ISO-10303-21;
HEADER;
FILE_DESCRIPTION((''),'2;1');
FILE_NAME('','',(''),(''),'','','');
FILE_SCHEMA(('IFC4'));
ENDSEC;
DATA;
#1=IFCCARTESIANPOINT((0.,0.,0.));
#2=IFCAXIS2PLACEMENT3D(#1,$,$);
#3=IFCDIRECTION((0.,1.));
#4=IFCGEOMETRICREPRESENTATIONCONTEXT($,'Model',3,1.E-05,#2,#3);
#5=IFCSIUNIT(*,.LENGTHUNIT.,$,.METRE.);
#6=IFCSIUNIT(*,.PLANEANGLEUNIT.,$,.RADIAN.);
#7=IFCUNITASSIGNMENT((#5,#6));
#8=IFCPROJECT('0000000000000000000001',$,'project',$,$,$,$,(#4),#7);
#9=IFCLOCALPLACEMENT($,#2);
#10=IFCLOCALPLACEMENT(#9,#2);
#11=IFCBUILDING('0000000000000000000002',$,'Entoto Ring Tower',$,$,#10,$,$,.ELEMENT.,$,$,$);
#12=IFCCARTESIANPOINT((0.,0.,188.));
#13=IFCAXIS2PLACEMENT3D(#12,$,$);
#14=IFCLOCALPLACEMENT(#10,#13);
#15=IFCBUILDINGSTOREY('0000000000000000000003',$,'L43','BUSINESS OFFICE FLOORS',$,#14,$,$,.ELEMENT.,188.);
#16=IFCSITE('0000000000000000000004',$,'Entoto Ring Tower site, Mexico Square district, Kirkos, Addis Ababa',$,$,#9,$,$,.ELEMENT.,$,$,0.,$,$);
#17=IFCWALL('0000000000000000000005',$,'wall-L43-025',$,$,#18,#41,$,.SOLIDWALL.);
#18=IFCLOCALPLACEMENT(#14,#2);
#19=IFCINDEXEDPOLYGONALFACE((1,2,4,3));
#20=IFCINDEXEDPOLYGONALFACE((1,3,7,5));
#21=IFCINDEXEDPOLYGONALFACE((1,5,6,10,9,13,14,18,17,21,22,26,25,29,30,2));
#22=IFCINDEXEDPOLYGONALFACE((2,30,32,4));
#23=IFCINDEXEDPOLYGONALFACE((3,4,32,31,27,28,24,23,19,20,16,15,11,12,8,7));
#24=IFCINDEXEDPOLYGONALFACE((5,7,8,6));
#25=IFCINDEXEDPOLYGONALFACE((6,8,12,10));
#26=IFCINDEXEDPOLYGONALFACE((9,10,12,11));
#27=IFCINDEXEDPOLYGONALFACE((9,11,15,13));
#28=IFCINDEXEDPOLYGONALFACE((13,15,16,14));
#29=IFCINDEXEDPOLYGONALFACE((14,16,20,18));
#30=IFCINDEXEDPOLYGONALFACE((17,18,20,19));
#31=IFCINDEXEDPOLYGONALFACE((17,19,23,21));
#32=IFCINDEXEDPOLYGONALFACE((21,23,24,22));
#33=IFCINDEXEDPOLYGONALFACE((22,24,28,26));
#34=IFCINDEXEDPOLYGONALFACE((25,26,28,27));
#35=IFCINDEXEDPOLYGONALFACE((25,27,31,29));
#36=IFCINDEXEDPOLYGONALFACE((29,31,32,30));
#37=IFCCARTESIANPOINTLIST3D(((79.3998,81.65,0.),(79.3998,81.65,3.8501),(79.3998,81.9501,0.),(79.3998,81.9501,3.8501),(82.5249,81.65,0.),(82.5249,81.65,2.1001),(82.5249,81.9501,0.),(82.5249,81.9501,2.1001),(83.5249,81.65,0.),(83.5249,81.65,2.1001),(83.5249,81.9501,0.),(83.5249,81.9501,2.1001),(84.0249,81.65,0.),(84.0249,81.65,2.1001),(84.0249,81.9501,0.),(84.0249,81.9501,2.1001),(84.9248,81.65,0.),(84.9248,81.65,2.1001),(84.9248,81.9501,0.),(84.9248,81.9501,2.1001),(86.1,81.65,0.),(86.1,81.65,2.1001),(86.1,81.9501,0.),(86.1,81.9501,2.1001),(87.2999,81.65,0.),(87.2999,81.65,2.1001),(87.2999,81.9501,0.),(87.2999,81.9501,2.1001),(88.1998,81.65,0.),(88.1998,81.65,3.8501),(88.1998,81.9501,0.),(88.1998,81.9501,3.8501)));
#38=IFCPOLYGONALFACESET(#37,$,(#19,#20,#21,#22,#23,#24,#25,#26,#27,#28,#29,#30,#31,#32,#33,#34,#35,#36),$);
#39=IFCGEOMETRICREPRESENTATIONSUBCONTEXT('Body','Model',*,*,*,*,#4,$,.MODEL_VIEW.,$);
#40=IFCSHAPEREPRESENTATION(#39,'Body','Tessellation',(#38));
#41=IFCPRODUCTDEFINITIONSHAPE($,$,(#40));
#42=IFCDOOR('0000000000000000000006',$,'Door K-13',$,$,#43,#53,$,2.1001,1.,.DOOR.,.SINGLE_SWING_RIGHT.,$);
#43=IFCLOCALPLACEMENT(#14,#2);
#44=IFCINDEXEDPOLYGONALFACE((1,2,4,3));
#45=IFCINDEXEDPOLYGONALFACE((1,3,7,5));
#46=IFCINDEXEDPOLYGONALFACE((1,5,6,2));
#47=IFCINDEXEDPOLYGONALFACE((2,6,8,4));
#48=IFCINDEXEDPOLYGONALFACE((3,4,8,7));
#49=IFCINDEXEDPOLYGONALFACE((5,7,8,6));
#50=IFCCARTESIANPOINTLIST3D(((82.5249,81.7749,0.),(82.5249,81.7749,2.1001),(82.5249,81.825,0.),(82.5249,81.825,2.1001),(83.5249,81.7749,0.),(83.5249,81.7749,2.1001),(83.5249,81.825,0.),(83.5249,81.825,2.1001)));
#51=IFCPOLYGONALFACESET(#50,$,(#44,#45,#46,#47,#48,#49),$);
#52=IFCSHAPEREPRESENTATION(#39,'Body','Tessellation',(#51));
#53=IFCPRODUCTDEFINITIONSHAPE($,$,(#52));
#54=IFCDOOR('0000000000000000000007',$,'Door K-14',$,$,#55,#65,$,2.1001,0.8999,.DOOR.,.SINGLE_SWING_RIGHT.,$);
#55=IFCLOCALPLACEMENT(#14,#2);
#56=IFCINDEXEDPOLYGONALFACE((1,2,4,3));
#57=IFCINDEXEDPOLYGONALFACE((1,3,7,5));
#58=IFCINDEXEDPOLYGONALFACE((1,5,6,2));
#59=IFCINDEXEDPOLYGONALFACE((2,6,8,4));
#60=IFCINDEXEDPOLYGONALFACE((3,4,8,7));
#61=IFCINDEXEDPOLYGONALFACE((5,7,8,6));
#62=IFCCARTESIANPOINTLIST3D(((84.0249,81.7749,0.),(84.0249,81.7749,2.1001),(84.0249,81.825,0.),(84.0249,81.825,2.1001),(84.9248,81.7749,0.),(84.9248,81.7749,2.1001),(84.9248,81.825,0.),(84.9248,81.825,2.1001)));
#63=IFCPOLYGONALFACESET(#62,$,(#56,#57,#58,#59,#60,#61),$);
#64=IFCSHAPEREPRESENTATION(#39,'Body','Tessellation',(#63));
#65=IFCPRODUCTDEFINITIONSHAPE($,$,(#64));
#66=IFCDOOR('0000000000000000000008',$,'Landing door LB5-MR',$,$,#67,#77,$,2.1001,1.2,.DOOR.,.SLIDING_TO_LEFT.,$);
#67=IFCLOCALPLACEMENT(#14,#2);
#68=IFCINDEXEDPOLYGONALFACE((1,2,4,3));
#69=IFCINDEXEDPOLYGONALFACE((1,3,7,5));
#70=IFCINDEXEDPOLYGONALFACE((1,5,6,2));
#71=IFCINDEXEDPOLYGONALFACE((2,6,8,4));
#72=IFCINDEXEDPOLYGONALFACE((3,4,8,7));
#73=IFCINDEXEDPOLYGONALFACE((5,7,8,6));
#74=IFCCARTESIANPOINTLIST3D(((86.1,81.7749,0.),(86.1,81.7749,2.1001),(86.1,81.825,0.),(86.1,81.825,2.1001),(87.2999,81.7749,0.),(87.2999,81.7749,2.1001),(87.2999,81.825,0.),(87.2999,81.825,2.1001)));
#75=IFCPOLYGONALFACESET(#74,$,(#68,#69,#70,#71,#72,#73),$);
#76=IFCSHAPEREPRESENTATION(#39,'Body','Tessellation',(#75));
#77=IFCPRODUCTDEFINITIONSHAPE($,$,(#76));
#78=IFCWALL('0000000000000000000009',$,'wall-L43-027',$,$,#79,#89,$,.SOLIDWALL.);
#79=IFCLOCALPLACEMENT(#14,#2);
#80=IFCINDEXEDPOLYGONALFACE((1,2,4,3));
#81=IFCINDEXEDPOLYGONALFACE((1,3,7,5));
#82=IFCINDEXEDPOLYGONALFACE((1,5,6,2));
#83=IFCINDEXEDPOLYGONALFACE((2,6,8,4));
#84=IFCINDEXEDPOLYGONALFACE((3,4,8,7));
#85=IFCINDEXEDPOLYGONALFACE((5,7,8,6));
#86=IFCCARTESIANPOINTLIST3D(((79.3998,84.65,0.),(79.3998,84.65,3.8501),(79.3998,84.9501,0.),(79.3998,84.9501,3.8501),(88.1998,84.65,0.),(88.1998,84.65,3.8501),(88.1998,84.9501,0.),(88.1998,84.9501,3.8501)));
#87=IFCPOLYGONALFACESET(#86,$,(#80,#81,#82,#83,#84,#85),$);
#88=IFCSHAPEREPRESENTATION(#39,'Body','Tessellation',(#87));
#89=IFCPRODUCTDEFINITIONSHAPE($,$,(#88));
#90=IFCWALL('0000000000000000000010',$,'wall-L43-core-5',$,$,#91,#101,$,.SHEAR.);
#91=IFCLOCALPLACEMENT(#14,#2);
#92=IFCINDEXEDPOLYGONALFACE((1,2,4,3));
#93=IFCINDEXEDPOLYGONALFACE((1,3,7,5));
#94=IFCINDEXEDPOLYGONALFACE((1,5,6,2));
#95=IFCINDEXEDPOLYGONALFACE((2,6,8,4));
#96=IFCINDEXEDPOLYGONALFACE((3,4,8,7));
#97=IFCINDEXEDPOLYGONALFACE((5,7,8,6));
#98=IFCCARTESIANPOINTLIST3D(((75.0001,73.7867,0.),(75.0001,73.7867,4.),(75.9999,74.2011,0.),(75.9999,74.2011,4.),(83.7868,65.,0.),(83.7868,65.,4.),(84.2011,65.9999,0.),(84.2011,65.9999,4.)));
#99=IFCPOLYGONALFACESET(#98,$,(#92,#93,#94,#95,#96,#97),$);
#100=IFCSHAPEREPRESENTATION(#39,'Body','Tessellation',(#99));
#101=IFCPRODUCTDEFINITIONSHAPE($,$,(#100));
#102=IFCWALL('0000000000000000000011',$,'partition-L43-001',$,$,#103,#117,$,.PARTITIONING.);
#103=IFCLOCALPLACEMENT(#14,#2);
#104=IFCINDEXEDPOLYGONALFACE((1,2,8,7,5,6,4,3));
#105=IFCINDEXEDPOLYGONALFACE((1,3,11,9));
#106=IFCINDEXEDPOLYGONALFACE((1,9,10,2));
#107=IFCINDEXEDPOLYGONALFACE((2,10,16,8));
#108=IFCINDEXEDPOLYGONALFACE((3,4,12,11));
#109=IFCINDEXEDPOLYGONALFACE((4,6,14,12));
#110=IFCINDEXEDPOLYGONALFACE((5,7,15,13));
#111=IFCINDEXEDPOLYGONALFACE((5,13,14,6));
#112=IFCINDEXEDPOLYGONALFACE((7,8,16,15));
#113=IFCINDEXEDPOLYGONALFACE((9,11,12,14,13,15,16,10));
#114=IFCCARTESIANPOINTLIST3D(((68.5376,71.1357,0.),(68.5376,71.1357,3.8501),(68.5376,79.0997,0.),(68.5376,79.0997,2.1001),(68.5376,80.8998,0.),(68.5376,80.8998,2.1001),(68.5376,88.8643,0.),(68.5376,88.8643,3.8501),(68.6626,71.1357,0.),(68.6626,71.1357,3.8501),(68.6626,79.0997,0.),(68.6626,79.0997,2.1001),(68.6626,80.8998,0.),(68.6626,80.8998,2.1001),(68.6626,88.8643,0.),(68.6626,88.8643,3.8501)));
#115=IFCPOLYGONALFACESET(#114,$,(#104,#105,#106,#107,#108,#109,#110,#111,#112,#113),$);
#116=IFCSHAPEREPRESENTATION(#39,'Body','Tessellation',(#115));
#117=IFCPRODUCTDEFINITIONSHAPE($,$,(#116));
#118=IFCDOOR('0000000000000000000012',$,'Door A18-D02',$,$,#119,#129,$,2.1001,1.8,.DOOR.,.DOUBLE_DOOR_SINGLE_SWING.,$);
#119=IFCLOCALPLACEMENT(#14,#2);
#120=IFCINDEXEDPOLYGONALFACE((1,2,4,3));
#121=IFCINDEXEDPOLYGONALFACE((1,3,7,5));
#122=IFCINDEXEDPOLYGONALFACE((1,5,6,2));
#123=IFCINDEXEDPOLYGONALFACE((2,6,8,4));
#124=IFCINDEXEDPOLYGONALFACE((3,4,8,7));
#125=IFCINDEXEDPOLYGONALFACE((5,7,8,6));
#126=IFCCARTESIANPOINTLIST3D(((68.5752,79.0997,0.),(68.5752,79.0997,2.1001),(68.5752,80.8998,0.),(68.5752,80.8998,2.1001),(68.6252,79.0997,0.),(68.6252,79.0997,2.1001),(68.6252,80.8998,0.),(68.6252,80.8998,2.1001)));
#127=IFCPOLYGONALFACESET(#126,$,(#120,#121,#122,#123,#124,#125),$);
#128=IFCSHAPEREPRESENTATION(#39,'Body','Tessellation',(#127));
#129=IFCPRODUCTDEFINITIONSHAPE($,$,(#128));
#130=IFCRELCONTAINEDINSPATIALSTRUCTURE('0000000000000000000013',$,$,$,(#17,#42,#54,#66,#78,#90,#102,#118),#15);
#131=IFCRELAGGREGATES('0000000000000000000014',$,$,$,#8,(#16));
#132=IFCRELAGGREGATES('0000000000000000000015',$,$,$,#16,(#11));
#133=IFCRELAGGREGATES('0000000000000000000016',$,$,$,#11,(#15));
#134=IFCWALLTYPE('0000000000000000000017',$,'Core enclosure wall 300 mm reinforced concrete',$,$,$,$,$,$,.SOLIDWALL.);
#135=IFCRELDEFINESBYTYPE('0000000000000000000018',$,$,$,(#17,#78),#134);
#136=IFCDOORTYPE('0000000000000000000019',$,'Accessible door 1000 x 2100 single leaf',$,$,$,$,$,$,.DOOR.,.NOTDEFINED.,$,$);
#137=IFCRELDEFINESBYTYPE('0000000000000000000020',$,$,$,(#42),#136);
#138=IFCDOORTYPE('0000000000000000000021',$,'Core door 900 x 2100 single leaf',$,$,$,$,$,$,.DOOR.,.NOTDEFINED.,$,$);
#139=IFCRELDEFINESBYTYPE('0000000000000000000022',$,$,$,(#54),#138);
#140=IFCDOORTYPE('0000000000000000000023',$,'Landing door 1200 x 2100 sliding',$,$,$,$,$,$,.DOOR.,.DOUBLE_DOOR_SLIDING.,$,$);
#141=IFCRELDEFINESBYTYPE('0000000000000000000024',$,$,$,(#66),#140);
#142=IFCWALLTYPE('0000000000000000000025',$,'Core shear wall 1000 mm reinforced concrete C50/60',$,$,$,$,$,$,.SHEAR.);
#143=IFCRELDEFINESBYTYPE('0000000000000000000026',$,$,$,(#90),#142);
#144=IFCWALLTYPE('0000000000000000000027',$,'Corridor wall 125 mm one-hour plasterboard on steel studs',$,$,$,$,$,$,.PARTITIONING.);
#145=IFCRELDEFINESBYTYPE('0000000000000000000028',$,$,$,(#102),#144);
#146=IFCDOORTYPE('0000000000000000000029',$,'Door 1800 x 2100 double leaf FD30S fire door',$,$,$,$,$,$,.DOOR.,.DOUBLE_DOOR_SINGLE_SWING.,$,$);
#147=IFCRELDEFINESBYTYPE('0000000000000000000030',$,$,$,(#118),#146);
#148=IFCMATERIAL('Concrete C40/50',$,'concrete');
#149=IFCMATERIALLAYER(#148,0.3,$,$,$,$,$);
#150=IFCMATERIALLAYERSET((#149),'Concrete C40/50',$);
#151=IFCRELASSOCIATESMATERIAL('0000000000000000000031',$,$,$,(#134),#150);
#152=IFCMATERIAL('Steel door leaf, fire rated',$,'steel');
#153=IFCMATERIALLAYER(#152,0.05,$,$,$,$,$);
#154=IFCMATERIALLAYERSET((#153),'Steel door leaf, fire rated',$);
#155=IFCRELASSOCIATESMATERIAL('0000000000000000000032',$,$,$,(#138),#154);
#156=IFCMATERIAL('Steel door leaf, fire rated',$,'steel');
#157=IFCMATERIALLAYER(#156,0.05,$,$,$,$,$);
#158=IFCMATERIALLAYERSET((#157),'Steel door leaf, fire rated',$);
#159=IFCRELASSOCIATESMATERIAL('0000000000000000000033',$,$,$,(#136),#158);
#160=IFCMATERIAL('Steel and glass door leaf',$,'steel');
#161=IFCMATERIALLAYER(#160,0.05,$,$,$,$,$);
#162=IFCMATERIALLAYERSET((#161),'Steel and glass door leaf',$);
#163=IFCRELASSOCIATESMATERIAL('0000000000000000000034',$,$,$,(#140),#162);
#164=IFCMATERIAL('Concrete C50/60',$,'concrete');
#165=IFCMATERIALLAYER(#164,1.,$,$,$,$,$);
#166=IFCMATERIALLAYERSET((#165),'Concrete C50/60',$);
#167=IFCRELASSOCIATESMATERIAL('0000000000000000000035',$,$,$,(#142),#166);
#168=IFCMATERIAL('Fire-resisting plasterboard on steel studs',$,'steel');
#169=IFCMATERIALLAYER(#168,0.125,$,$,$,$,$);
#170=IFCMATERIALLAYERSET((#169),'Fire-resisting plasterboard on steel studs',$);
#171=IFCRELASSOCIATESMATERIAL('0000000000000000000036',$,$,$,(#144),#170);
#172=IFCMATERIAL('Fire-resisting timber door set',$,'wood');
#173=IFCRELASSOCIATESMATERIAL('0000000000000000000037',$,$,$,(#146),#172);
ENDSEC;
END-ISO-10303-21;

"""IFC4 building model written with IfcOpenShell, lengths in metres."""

from ifc_helpers import new_model, si_unit, direction, frame, frame_2d, origin, place, context, subcontext, project, spatial, polyline, rectangle, outline, extrude, material, layer, layer_set, type_object, element, fill, save


model = new_model("IFC4")

# Units and contexts
model_context = context("Model", 3, precision=1e-05, world=origin(), true_north=direction((0.0, 1.0)))
body_context = subcontext(model_context, "Body", "Model", "MODEL_VIEW")
ifc_project = project(units=[si_unit("LENGTHUNIT", "METRE"), si_unit("PLANEANGLEUNIT", "RADIAN")], contexts=[model_context])

# Site, building, storey
site_placement = place(None, origin())
site = spatial("IfcSite", under=ifc_project, at=site_placement, Name="Entoto Ring Tower site, Mexico Square district, Kirkos, Addis Ababa", CompositionType="ELEMENT", RefElevation=0.0)
building_placement = place(site_placement, origin())
building = spatial("IfcBuilding", under=site, at=building_placement, Name="Entoto Ring Tower", CompositionType="ELEMENT")
storey_placement = place(building_placement, frame((0.0, 0.0, 188.0)))
storey = spatial("IfcBuildingStorey", under=building, at=storey_placement, Name="L43", Description="BUSINESS OFFICE FLOORS", CompositionType="ELEMENT", Elevation=188.0)

# Shared definitions
ifc_material_1 = material(Name="Concrete C40/50", Category="concrete")
ifc_layer_1 = layer(ifc_material_1, 0.3)
ifc_layer_set_1 = layer_set([ifc_layer_1], Name="Concrete C40/50")
wall_type_1 = type_object("IfcWallType", Name="Core enclosure wall 300 mm reinforced concrete", PredefinedType="SOLIDWALL", material=ifc_layer_set_1)

# Wall, openings, doors
ifc_material_2 = material(Name="Steel door leaf, fire rated", Category="steel")
ifc_layer_2 = layer(ifc_material_2, 0.05)
ifc_layer_set_2 = layer_set([ifc_layer_2], Name="Steel door leaf, fire rated")
door_type_1 = type_object("IfcDoorType", Name="Core door 900 x 2100 single leaf", OperationType="NOTDEFINED", PredefinedType="DOOR", material=ifc_layer_set_2)
wall_1_placement = place(storey_placement, frame((79.3999, 81.8, 0.0), z_axis=(0.0, 0.0, 1.0), x_axis=(1.0, 0.0, 0.0)))
wall_1 = element("IfcWall", 1, at=wall_1_placement, inside=storey, type_object=wall_type_1, Name="wall-L43-025", PredefinedType="SOLIDWALL", context=body_context, shape_type="SweptSolid", body=[
    extrude(rectangle(XDim=8.8, YDim=0.3, at=frame_2d((4.3999, 0.0))), origin(), (0.0, 0.0, 1.0), 3.8501),
])
opening_1_placement = place(wall_1_placement, frame((6.7, 0.0, 0.0)))
opening_1 = element("IfcOpeningElement", 2, at=opening_1_placement, cuts=wall_1, PredefinedType="OPENING", context=body_context, shape_type="SweptSolid", body=[
    extrude(rectangle(XDim=1.2, YDim=2.1001, at=frame_2d((0.6001, 1.05))), frame((0.0, 0.1602, 0.0), z_axis=(0.0, -1.0, 0.0), x_axis=(1.0, 0.0, 0.0)), (0.0, 0.0, 1.0), 0.3201),
])
opening_2_placement = place(wall_1_placement, frame((3.125, 0.0, 0.0)))
opening_2 = element("IfcOpeningElement", 3, at=opening_2_placement, cuts=wall_1, PredefinedType="OPENING", context=body_context, shape_type="SweptSolid", body=[
    extrude(rectangle(XDim=1.0, YDim=2.1001, at=frame_2d((0.5, 1.05))), frame((0.0, 0.1602, 0.0), z_axis=(0.0, -1.0, 0.0), x_axis=(1.0, 0.0, 0.0)), (0.0, 0.0, 1.0), 0.3201),
])
opening_3_placement = place(wall_1_placement, frame((4.625, 0.0, 0.0)))
opening_3 = element("IfcOpeningElement", 4, at=opening_3_placement, cuts=wall_1, PredefinedType="OPENING", context=body_context, shape_type="SweptSolid", body=[
    extrude(rectangle(XDim=0.8999, YDim=2.1001, at=frame_2d((0.45, 1.05))), frame((0.0, 0.1602, 0.0), z_axis=(0.0, -1.0, 0.0), x_axis=(1.0, 0.0, 0.0)), (0.0, 0.0, 1.0), 0.3201),
])
ifc_material_3 = material(Name="Steel door leaf, fire rated", Category="steel")
ifc_layer_3 = layer(ifc_material_3, 0.05)
ifc_layer_set_3 = layer_set([ifc_layer_3], Name="Steel door leaf, fire rated")
door_type_2 = type_object("IfcDoorType", Name="Accessible door 1000 x 2100 single leaf", OperationType="NOTDEFINED", PredefinedType="DOOR", material=ifc_layer_set_3)
door_1_placement = place(opening_2_placement, origin())
door_1 = element("IfcDoor", 5, at=door_1_placement, inside=storey, type_object=door_type_2, Name="Door K-13", OperationType="SINGLE_SWING_RIGHT", OverallHeight=2.1001, OverallWidth=1.0, PredefinedType="DOOR", context=body_context, shape_type="SweptSolid", body=[
    extrude(rectangle(XDim=1.0, YDim=2.1001, at=frame_2d((0.5, 1.05))), frame((0.0, 0.0249, 0.0), z_axis=(0.0, -1.0, 0.0), x_axis=(1.0, 0.0, 0.0)), (0.0, 0.0, 1.0), 0.05),
])
fill(opening_2, door_1)
door_2_placement = place(opening_3_placement, origin())
door_2 = element("IfcDoor", 6, at=door_2_placement, inside=storey, type_object=door_type_1, Name="Door K-14", OperationType="SINGLE_SWING_RIGHT", OverallHeight=2.1001, OverallWidth=0.8999, PredefinedType="DOOR", context=body_context, shape_type="SweptSolid", body=[
    extrude(rectangle(XDim=0.8999, YDim=2.1001, at=frame_2d((0.45, 1.05))), frame((0.0, 0.0249, 0.0), z_axis=(0.0, -1.0, 0.0), x_axis=(1.0, 0.0, 0.0)), (0.0, 0.0, 1.0), 0.05),
])
fill(opening_3, door_2)
ifc_material_4 = material(Name="Steel and glass door leaf", Category="steel")
ifc_layer_4 = layer(ifc_material_4, 0.05)
ifc_layer_set_4 = layer_set([ifc_layer_4], Name="Steel and glass door leaf")
door_type_3 = type_object("IfcDoorType", Name="Landing door 1200 x 2100 sliding", OperationType="DOUBLE_DOOR_SLIDING", PredefinedType="DOOR", material=ifc_layer_set_4)
door_3_placement = place(opening_1_placement, origin())
door_3 = element("IfcDoor", 7, at=door_3_placement, inside=storey, type_object=door_type_3, Name="Landing door LB5-MR", OperationType="SLIDING_TO_LEFT", OverallHeight=2.1001, OverallWidth=1.2, PredefinedType="DOOR", context=body_context, shape_type="SweptSolid", body=[
    extrude(rectangle(XDim=1.2, YDim=2.1001, at=frame_2d((0.6001, 1.05))), frame((0.0, 0.0249, 0.0), z_axis=(0.0, -1.0, 0.0), x_axis=(1.0, 0.0, 0.0)), (0.0, 0.0, 1.0), 0.05),
])
fill(opening_1, door_3)

# Walls
wall_2_placement = place(storey_placement, frame((79.3999, 84.8, 0.0), z_axis=(0.0, 0.0, 1.0), x_axis=(1.0, 0.0, 0.0)))
element("IfcWall", 8, at=wall_2_placement, inside=storey, type_object=wall_type_1, Name="wall-L43-027", PredefinedType="SOLIDWALL", context=body_context, shape_type="SweptSolid", body=[
    extrude(rectangle(XDim=8.8, YDim=0.3, at=frame_2d((4.3999, 0.0))), origin(), (0.0, 0.0, 1.0), 3.8501),
])
ifc_material_5 = material(Name="Concrete C50/60", Category="concrete")
ifc_layer_5 = layer(ifc_material_5, 1.0)
ifc_layer_set_5 = layer_set([ifc_layer_5], Name="Concrete C50/60")
wall_type_2 = type_object("IfcWallType", Name="Core shear wall 1000 mm reinforced concrete C50/60", PredefinedType="SHEAR", material=ifc_layer_set_5)
wall_3_placement = place(storey_placement, frame((75.5, 73.9939, 0.0), z_axis=(0.0, 0.0, 1.0), x_axis=(0.707107, -0.707107, 0.0)))
element("IfcWall", 9, at=wall_3_placement, inside=storey, type_object=wall_type_2, Name="wall-L43-core-5", PredefinedType="SHEAR", context=body_context, shape_type="SweptSolid", body=[
    extrude(outline(polyline([(-0.207, -0.5), (12.2192, -0.5), (11.8052, 0.5), (0.207, 0.5), (-0.207, -0.5)])), origin(), (0.0, 0.0, 1.0), 4.0),
])

# Wall, opening, door
ifc_material_6 = material(Name="Fire-resisting plasterboard on steel studs", Category="steel")
ifc_layer_6 = layer(ifc_material_6, 0.125)
ifc_layer_set_6 = layer_set([ifc_layer_6], Name="Fire-resisting plasterboard on steel studs")
wall_type_3 = type_object("IfcWallType", Name="Corridor wall 125 mm one-hour plasterboard on steel studs", PredefinedType="PARTITIONING", material=ifc_layer_set_6)
wall_4_placement = place(storey_placement, frame((68.6001, 71.1357, 0.0), z_axis=(0.0, 0.0, 1.0), x_axis=(0.0, 1.0, 0.0)))
wall_4 = element("IfcWall", 10, at=wall_4_placement, inside=storey, type_object=wall_type_3, Name="partition-L43-001", PredefinedType="PARTITIONING", context=body_context, shape_type="SweptSolid", body=[
    extrude(rectangle(XDim=17.7285, YDim=0.125, at=frame_2d((8.8643, 0.0))), origin(), (0.0, 0.0, 1.0), 3.8501),
])
opening_4_placement = place(wall_4_placement, frame((7.9641, 0.0, 0.0)))
opening_4 = element("IfcOpeningElement", 11, at=opening_4_placement, cuts=wall_4, PredefinedType="OPENING", context=body_context, shape_type="SweptSolid", body=[
    extrude(rectangle(XDim=1.8, YDim=2.1001, at=frame_2d((0.8999, 1.05))), frame((0.0, 0.0725, 0.0), z_axis=(0.0, -1.0, 0.0), x_axis=(1.0, 0.0, 0.0)), (0.0, 0.0, 1.0), 0.145),
])
ifc_material_7 = material(Name="Fire-resisting timber door set", Category="wood")
door_type_4 = type_object("IfcDoorType", Name="Door 1800 x 2100 double leaf FD30S fire door", OperationType="DOUBLE_DOOR_SINGLE_SWING", PredefinedType="DOOR", material=ifc_material_7)
door_4_placement = place(opening_4_placement, origin())
door_4 = element("IfcDoor", 12, at=door_4_placement, inside=storey, type_object=door_type_4, Name="Door A18-D02", OperationType="DOUBLE_DOOR_SINGLE_SWING", OverallHeight=2.1001, OverallWidth=1.8, PredefinedType="DOOR", context=body_context, shape_type="SweptSolid", body=[
    extrude(rectangle(XDim=1.8, YDim=2.1001, at=frame_2d((0.8999, 1.05))), frame((0.0, 0.0249, 0.0), z_axis=(0.0, -1.0, 0.0), x_axis=(1.0, 0.0, 0.0)), (0.0, 0.0, 1.0), 0.05),
])
fill(opening_4, door_4)

save(model, "model.ifc")
